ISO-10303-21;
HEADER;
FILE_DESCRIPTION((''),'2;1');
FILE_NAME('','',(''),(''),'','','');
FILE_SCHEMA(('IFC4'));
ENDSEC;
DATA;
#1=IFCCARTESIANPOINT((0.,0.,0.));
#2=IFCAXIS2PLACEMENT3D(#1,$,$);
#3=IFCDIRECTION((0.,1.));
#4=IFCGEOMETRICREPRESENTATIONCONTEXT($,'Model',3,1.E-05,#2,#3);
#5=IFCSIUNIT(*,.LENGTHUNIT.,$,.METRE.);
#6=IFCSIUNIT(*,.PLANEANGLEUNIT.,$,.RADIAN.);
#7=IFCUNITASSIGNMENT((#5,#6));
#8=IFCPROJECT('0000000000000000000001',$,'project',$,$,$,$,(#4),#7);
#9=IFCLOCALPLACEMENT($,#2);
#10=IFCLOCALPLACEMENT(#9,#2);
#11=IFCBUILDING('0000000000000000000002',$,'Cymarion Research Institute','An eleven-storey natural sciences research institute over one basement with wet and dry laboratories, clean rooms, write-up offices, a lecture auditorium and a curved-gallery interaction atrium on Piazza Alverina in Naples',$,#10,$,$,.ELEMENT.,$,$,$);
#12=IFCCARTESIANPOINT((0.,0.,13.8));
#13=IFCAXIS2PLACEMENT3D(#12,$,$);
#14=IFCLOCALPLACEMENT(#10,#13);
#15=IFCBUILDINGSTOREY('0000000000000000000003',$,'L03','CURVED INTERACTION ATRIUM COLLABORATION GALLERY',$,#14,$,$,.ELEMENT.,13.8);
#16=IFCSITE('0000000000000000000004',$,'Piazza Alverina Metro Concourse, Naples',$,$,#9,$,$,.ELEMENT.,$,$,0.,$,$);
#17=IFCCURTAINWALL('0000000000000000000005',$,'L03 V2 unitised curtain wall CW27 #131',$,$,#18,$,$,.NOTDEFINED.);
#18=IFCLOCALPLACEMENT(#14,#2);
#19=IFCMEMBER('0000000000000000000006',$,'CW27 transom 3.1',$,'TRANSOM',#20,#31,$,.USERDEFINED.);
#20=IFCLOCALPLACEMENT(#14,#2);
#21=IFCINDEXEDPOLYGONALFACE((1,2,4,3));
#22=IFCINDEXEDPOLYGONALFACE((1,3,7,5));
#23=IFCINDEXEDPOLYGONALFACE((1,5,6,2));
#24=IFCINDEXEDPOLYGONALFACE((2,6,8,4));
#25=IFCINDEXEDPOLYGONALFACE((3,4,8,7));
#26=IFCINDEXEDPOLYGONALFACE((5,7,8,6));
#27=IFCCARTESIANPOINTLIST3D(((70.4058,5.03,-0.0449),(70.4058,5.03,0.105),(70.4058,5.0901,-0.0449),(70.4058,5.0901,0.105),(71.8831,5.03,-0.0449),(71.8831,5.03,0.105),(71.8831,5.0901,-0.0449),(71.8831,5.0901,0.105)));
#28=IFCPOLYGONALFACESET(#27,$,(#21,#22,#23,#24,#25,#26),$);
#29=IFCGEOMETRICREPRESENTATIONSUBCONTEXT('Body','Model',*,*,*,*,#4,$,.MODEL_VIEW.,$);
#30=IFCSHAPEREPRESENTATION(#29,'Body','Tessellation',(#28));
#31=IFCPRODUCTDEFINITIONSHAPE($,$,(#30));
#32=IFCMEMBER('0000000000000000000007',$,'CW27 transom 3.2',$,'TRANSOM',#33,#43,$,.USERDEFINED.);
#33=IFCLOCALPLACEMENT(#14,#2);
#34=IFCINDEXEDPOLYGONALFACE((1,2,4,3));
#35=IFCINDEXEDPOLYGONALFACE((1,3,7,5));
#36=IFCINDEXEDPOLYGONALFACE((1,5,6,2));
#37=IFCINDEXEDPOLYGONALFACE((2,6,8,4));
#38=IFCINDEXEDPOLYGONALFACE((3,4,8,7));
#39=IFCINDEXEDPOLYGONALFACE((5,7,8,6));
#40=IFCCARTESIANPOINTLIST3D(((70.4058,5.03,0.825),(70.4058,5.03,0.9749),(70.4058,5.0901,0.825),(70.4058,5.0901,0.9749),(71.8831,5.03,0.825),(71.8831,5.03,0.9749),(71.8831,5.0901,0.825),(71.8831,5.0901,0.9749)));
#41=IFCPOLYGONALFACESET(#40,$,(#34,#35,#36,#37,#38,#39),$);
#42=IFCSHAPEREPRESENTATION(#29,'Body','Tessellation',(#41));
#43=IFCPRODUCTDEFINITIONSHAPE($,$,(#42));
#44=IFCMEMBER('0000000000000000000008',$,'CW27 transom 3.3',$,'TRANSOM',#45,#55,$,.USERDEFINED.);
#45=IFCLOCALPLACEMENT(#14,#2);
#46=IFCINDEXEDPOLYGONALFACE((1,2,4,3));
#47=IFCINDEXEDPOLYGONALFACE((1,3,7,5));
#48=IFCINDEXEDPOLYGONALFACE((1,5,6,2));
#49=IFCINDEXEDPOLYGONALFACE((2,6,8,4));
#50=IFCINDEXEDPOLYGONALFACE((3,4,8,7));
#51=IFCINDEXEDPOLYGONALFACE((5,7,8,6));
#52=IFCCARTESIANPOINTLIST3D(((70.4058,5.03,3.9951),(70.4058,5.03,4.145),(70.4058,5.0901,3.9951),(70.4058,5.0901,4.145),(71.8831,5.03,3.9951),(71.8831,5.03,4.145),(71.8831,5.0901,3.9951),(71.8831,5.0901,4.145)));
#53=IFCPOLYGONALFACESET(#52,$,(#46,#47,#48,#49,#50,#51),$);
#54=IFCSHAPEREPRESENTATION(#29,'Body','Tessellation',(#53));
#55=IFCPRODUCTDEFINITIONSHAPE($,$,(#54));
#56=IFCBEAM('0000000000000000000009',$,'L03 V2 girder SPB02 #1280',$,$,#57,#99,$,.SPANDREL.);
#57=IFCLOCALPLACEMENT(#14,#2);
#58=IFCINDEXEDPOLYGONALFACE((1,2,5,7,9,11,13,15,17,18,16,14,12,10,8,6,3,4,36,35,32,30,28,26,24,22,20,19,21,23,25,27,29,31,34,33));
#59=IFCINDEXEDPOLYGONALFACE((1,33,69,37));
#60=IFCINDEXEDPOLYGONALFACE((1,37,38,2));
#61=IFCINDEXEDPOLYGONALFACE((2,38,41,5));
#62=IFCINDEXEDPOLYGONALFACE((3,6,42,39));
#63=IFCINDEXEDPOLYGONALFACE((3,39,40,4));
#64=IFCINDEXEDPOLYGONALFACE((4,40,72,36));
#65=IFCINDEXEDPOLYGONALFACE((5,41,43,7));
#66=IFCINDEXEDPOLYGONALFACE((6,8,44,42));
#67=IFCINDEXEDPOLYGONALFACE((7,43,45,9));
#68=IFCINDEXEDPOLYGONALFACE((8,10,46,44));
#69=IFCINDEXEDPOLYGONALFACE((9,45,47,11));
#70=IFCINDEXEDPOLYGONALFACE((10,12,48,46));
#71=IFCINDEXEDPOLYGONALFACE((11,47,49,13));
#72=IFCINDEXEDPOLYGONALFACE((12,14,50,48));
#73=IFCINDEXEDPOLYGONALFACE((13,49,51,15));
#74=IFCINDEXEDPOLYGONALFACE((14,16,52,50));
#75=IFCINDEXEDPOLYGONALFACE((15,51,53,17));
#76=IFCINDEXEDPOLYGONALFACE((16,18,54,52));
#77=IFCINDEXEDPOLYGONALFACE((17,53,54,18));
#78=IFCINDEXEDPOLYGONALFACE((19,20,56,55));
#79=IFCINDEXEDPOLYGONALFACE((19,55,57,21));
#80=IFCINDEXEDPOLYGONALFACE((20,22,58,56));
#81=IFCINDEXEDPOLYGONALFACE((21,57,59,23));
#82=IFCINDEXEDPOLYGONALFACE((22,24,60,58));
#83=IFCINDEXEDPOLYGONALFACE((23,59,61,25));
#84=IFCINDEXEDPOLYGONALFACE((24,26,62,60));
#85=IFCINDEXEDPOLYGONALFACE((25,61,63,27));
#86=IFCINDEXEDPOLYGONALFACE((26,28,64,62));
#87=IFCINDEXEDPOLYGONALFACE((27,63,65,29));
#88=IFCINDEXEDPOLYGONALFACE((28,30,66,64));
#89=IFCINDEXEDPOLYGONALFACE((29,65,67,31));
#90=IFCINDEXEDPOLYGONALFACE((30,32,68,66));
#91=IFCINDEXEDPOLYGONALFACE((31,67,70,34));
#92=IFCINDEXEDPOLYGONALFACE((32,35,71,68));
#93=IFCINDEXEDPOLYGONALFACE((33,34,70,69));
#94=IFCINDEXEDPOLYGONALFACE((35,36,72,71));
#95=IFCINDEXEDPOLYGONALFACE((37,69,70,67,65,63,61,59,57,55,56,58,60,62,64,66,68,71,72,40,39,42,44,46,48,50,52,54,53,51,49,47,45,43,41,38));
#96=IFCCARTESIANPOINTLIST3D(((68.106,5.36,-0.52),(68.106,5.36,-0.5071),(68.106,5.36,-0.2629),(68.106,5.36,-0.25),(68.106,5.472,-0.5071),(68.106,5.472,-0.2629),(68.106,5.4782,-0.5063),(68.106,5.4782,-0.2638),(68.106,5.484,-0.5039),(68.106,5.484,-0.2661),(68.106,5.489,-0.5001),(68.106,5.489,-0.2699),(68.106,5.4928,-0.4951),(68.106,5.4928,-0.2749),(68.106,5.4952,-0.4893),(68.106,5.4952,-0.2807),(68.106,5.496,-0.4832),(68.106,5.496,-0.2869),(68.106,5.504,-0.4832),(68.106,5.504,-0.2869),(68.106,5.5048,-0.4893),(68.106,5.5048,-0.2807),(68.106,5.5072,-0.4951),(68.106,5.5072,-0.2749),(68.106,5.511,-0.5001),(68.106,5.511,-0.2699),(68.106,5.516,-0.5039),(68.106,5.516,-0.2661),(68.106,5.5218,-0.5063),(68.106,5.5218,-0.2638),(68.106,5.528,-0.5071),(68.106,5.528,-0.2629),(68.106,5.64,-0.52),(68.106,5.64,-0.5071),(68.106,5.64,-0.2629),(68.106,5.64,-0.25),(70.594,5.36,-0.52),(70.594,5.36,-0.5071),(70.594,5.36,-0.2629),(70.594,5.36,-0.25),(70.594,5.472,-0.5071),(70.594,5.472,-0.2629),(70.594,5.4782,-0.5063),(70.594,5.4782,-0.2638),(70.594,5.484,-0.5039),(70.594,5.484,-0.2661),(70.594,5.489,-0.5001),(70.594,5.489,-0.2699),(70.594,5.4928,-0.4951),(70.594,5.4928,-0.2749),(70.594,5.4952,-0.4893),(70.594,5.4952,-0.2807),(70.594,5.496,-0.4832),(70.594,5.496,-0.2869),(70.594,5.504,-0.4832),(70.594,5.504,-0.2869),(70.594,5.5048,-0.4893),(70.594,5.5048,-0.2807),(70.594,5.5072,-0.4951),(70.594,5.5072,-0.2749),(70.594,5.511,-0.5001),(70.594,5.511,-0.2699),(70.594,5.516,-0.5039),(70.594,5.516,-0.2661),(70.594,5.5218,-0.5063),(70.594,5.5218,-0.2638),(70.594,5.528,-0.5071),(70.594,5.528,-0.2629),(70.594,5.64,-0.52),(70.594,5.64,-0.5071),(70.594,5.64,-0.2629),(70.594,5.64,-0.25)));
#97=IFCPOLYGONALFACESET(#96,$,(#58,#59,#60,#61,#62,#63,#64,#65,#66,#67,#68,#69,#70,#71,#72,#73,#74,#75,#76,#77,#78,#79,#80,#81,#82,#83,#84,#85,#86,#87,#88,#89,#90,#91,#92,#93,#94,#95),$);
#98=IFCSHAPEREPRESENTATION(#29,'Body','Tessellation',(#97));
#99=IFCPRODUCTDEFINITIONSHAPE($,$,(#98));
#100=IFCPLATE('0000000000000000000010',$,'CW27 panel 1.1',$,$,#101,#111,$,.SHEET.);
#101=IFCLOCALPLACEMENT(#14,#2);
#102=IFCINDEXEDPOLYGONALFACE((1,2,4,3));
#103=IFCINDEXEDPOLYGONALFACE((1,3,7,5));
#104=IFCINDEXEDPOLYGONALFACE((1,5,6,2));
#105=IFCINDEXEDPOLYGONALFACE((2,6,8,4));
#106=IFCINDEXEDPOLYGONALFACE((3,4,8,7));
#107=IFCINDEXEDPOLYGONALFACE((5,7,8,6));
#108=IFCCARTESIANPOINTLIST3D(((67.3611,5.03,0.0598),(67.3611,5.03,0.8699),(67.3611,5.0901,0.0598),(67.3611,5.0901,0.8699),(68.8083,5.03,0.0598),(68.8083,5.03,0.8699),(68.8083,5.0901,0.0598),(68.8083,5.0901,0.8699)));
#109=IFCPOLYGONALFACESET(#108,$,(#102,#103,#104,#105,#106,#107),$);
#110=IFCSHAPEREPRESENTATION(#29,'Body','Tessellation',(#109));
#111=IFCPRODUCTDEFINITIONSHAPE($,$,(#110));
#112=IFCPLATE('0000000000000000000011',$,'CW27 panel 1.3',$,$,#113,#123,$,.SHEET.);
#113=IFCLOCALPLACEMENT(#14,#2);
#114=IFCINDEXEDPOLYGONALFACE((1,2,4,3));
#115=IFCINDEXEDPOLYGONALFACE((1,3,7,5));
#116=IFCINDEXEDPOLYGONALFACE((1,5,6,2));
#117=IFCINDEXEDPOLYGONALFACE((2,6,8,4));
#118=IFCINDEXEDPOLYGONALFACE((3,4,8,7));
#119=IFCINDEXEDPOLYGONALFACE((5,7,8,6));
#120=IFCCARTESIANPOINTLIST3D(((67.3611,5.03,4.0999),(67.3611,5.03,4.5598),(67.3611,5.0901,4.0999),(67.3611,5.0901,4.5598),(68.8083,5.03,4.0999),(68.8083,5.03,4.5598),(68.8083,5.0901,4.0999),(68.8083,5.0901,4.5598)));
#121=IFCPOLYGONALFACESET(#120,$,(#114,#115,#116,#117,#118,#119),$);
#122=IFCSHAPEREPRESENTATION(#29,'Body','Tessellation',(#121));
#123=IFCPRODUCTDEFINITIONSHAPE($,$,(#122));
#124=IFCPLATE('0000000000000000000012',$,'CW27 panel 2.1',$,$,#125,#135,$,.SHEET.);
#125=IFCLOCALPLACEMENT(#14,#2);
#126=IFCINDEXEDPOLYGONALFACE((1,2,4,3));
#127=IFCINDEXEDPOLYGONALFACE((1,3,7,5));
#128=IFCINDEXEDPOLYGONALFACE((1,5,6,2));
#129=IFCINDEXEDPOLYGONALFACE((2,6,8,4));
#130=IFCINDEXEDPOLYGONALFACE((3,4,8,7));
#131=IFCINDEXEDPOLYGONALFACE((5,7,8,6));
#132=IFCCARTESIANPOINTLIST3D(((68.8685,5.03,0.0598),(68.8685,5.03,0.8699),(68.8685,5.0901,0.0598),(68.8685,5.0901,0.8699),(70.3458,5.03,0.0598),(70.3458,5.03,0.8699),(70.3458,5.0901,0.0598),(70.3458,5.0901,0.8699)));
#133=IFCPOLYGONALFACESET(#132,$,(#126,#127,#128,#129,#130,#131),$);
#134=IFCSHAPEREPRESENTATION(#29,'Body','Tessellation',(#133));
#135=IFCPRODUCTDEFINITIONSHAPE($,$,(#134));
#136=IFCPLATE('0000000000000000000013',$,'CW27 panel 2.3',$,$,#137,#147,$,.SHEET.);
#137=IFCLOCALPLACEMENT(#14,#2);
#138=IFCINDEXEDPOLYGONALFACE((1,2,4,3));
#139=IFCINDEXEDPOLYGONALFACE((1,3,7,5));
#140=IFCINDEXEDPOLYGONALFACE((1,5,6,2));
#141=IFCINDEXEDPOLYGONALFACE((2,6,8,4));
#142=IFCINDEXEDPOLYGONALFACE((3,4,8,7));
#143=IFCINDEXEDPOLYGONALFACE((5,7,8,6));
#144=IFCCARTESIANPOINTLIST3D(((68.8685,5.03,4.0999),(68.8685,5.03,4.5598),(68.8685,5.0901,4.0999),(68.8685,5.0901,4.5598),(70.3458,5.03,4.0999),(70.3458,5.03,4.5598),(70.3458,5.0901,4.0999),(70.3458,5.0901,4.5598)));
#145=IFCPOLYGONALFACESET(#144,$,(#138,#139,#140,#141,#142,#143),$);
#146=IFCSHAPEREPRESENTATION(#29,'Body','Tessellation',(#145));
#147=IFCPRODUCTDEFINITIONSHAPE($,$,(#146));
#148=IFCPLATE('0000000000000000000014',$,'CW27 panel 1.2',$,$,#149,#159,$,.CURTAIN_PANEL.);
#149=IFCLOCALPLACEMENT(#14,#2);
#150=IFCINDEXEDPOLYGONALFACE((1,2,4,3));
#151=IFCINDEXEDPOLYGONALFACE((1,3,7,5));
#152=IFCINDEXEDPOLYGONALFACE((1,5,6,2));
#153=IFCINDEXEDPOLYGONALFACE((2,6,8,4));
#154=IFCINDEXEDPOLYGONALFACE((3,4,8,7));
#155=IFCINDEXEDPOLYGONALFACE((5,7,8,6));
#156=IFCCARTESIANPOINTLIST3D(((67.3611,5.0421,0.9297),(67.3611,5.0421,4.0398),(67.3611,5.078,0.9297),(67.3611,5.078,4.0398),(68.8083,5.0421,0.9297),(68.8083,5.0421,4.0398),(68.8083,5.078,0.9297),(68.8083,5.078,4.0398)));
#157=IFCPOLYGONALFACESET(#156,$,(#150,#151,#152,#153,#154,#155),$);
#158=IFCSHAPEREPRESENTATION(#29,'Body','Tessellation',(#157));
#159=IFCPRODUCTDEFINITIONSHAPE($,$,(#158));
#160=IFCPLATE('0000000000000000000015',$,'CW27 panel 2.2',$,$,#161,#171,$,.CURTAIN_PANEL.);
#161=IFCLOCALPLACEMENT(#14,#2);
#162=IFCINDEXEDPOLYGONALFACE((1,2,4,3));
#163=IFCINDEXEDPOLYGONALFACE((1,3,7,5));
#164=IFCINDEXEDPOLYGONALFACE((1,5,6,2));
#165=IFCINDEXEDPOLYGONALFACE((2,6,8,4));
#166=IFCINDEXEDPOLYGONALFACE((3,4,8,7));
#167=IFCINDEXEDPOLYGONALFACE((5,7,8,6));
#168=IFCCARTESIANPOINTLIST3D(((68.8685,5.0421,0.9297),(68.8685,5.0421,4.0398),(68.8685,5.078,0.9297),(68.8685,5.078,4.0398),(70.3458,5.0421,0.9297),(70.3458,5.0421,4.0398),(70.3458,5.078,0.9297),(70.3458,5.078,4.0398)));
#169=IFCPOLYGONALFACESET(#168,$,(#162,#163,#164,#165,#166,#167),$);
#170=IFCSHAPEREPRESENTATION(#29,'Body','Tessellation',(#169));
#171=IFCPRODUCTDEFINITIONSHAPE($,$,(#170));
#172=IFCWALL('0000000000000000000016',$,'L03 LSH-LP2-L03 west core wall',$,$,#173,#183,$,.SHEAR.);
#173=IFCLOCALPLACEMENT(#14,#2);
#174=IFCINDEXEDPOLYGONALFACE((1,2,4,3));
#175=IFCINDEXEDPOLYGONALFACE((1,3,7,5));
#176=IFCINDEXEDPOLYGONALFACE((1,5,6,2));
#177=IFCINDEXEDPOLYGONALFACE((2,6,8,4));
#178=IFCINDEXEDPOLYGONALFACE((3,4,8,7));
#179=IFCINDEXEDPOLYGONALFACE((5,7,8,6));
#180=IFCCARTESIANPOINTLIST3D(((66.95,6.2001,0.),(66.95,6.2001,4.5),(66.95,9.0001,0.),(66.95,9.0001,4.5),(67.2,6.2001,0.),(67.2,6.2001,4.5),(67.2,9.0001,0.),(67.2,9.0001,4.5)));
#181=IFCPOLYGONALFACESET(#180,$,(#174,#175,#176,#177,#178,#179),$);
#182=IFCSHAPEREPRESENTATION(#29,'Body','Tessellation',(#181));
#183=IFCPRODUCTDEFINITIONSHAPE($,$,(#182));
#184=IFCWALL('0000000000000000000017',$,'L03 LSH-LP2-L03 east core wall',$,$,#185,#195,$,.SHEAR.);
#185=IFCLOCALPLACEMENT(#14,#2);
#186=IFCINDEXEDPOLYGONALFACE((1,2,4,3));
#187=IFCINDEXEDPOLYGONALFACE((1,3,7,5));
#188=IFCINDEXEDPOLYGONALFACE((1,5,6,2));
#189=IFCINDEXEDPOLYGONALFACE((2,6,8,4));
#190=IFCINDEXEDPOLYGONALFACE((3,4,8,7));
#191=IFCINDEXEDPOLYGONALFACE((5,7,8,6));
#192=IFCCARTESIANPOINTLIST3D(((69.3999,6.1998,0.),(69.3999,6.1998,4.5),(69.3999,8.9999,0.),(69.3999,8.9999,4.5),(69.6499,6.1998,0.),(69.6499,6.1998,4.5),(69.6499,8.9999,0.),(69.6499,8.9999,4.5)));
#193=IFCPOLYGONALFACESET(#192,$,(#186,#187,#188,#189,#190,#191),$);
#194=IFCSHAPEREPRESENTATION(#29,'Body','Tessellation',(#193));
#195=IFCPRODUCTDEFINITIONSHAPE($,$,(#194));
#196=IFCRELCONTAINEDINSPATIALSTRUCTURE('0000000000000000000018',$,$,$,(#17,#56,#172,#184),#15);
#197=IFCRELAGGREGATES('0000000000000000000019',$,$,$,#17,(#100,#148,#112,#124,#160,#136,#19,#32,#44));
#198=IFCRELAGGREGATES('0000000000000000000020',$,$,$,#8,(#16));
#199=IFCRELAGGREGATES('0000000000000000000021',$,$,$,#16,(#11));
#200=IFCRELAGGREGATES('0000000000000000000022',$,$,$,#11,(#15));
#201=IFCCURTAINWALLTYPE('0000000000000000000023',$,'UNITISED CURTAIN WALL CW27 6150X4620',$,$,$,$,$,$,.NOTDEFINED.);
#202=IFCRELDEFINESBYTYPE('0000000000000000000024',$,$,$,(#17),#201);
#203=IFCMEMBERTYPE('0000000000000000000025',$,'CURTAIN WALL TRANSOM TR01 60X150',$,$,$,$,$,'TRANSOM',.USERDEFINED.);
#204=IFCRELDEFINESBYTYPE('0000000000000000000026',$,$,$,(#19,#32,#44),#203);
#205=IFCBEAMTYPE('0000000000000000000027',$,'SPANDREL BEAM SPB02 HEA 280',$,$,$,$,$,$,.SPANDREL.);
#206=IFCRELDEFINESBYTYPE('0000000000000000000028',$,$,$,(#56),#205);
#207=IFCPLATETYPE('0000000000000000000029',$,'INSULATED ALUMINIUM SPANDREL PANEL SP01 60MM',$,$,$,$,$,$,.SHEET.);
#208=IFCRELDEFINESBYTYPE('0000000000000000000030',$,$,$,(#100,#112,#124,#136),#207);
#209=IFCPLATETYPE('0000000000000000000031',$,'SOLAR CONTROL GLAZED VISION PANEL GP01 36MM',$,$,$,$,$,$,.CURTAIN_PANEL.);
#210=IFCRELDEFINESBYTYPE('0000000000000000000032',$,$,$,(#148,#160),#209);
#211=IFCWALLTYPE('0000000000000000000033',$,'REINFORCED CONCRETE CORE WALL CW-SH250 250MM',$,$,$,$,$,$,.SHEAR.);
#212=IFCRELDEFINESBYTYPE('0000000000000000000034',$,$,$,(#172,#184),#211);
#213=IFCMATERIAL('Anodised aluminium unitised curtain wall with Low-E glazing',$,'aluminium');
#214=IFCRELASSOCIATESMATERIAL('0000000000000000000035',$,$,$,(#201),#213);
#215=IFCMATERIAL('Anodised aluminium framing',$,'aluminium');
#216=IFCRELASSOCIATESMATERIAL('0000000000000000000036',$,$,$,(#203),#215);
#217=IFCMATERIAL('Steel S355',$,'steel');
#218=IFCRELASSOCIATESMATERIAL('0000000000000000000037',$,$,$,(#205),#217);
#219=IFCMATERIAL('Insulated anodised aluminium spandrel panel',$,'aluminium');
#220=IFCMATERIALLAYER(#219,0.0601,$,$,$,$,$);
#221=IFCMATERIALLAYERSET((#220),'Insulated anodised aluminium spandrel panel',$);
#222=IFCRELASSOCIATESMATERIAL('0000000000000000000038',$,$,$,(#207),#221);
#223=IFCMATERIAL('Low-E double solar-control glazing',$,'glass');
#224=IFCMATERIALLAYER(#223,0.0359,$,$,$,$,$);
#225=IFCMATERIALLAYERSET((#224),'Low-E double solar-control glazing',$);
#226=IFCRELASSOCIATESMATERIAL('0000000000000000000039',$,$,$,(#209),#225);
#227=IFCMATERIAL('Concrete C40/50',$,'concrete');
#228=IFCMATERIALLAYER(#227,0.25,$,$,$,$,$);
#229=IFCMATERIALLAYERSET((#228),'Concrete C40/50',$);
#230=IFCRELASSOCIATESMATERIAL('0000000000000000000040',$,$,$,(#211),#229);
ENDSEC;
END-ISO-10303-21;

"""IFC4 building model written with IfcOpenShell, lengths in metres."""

from ifc_helpers import new_model, si_unit, direction, frame, frame_2d, origin, origin_2d, place, context, subcontext, project, spatial, rectangle, i_section, extrude, material, layer, layer_set, material_profile, profile_set, type_object, element, aggregate, save


model = new_model("IFC4")

# Units and contexts
model_context = context("Model", 3, precision=1e-05, world=origin(), true_north=direction((0.0, 1.0)))
body_context = subcontext(model_context, "Body", "Model", "MODEL_VIEW")
ifc_project = project(units=[si_unit("LENGTHUNIT", "METRE"), si_unit("PLANEANGLEUNIT", "RADIAN")], contexts=[model_context])

# Site, building, storey
site_placement = place(None, origin())
site = spatial("IfcSite", under=ifc_project, at=site_placement, Name="Piazza Alverina Metro Concourse, Naples", CompositionType="ELEMENT", RefElevation=0.0)
building_placement = place(site_placement, origin())
building = spatial("IfcBuilding", under=site, at=building_placement, Name="Cymarion Research Institute", Description="An eleven-storey natural sciences research institute over one basement with wet and dry laboratories, clean rooms, write-up offices, a lecture auditorium and a curved-gallery interaction atrium on Piazza Alverina in Naples", CompositionType="ELEMENT")
storey_placement = place(building_placement, frame((0.0, 0.0, 13.8)))
storey = spatial("IfcBuildingStorey", under=building, at=storey_placement, Name="L03", Description="CURVED INTERACTION ATRIUM COLLABORATION GALLERY", CompositionType="ELEMENT", Elevation=13.8)

# Shared definitions
ifc_material_1 = material(Name="Steel S355", Category="steel")

# Curtain wall, members
ifc_material_2 = material(Name="Anodised aluminium unitised curtain wall with Low-E glazing", Category="aluminium")
curtain_wall_type = type_object("IfcCurtainWallType", Name="UNITISED CURTAIN WALL CW27 6150X4620", PredefinedType="NOTDEFINED", material=ifc_material_2)
curtain_wall_placement = place(storey_placement, origin())
curtain_wall = element("IfcCurtainWall", 1, at=curtain_wall_placement, inside=storey, type_object=curtain_wall_type, Name="L03 V2 unitised curtain wall CW27 #131", PredefinedType="NOTDEFINED")
ifc_material_3 = material(Name="Anodised aluminium framing", Category="aluminium")
ifc_material_profile_1 = material_profile(ifc_material_3, rectangle(XDim=0.0601, YDim=0.1499, at=origin_2d()), Name="ALU TRANSOM 60x150")
ifc_profile_set_1 = profile_set([ifc_material_profile_1], Name="Anodised aluminium framing")
member_type_1 = type_object("IfcMemberType", Name="CURTAIN WALL TRANSOM TR01 60X150", ElementType="TRANSOM", PredefinedType="USERDEFINED", material=ifc_profile_set_1)
member_1_placement = place(storey_placement, frame((70.4058, 5.0601, 0.03), z_axis=(1.0, 0.0, 0.0), x_axis=(0.0, 1.0, 0.0)))
member_1 = element("IfcMember", 2, at=member_1_placement, type_object=member_type_1, Name="CW27 transom 3.1", ObjectType="TRANSOM", PredefinedType="USERDEFINED", context=body_context, shape_type="SweptSolid", body=[
    extrude(rectangle(XDim=0.0601, YDim=0.1499, at=origin_2d()), origin(), (0.0, 0.0, 1.0), 1.4773),
])
member_2_placement = place(storey_placement, frame((70.4058, 5.0601, 0.8999), z_axis=(1.0, 0.0, 0.0), x_axis=(0.0, 1.0, 0.0)))
member_2 = element("IfcMember", 3, at=member_2_placement, type_object=member_type_1, Name="CW27 transom 3.2", ObjectType="TRANSOM", PredefinedType="USERDEFINED", context=body_context, shape_type="SweptSolid", body=[
    extrude(rectangle(XDim=0.0601, YDim=0.1499, at=origin_2d()), origin(), (0.0, 0.0, 1.0), 1.4773),
])
member_3_placement = place(storey_placement, frame((70.4058, 5.0601, 4.0701), z_axis=(1.0, 0.0, 0.0), x_axis=(0.0, 1.0, 0.0)))
member_3 = element("IfcMember", 4, at=member_3_placement, type_object=member_type_1, Name="CW27 transom 3.3", ObjectType="TRANSOM", PredefinedType="USERDEFINED", context=body_context, shape_type="SweptSolid", body=[
    extrude(rectangle(XDim=0.0601, YDim=0.1499, at=origin_2d()), origin(), (0.0, 0.0, 1.0), 1.4773),
])

# Beam
ifc_material_profile_2 = material_profile(ifc_material_1, i_section(OverallWidth=0.28, OverallDepth=0.27, WebThickness=0.0081, FlangeThickness=0.0129, FilletRadius=0.0239, at=origin_2d()), Name="HEA 280")
ifc_profile_set_2 = profile_set([ifc_material_profile_2], Name="Steel S355")
beam_type = type_object("IfcBeamType", Name="SPANDREL BEAM SPB02 HEA 280", PredefinedType="SPANDREL", material=ifc_profile_set_2)
beam_placement = place(storey_placement, frame((68.106, 5.5, -0.385), z_axis=(1.0, 0.0, 0.0), x_axis=(0.0, 1.0, 0.0)))
element("IfcBeam", 5, at=beam_placement, inside=storey, type_object=beam_type, Name="L03 V2 girder SPB02 #1280", PredefinedType="SPANDREL", context=body_context, shape_type="SweptSolid", body=[
    extrude(i_section(OverallWidth=0.28, OverallDepth=0.27, WebThickness=0.0081, FlangeThickness=0.0129, FilletRadius=0.0239, at=origin_2d()), origin(), (0.0, 0.0, 1.0), 2.488),
])

# Plates
ifc_material_4 = material(Name="Insulated anodised aluminium spandrel panel", Category="aluminium")
ifc_layer_1 = layer(ifc_material_4, 0.0601)
ifc_layer_set_1 = layer_set([ifc_layer_1], Name="Insulated anodised aluminium spandrel panel")
plate_type_1 = type_object("IfcPlateType", Name="INSULATED ALUMINIUM SPANDREL PANEL SP01 60MM", PredefinedType="SHEET", material=ifc_layer_set_1)
plate_1_placement = place(storey_placement, frame((68.0847, 5.0601, 0.0598), z_axis=(0.0, 0.0, 1.0), x_axis=(1.0, 0.0, 0.0)))
plate_1 = element("IfcPlate", 6, at=plate_1_placement, type_object=plate_type_1, Name="CW27 panel 1.1", PredefinedType="SHEET", context=body_context, shape_type="SweptSolid", body=[
    extrude(rectangle(XDim=1.4473, YDim=0.0601, at=origin_2d()), origin(), (0.0, 0.0, 1.0), 0.8101),
])
plate_2_placement = place(storey_placement, frame((68.0847, 5.0601, 4.0999), z_axis=(0.0, 0.0, 1.0), x_axis=(1.0, 0.0, 0.0)))
plate_2 = element("IfcPlate", 7, at=plate_2_placement, type_object=plate_type_1, Name="CW27 panel 1.3", PredefinedType="SHEET", context=body_context, shape_type="SweptSolid", body=[
    extrude(rectangle(XDim=1.4473, YDim=0.0601, at=origin_2d()), origin(), (0.0, 0.0, 1.0), 0.46),
])
plate_3_placement = place(storey_placement, frame((69.6072, 5.0601, 0.0598), z_axis=(0.0, 0.0, 1.0), x_axis=(1.0, 0.0, 0.0)))
plate_3 = element("IfcPlate", 8, at=plate_3_placement, type_object=plate_type_1, Name="CW27 panel 2.1", PredefinedType="SHEET", context=body_context, shape_type="SweptSolid", body=[
    extrude(rectangle(XDim=1.4773, YDim=0.0601, at=origin_2d()), origin(), (0.0, 0.0, 1.0), 0.8101),
])
plate_4_placement = place(storey_placement, frame((69.6072, 5.0601, 4.0999), z_axis=(0.0, 0.0, 1.0), x_axis=(1.0, 0.0, 0.0)))
plate_4 = element("IfcPlate", 9, at=plate_4_placement, type_object=plate_type_1, Name="CW27 panel 2.3", PredefinedType="SHEET", context=body_context, shape_type="SweptSolid", body=[
    extrude(rectangle(XDim=1.4773, YDim=0.0601, at=origin_2d()), origin(), (0.0, 0.0, 1.0), 0.46),
])
ifc_material_5 = material(Name="Low-E double solar-control glazing", Category="glass")
ifc_layer_2 = layer(ifc_material_5, 0.0359)
ifc_layer_set_2 = layer_set([ifc_layer_2], Name="Low-E double solar-control glazing")
plate_type_2 = type_object("IfcPlateType", Name="SOLAR CONTROL GLAZED VISION PANEL GP01 36MM", PredefinedType="CURTAIN_PANEL", material=ifc_layer_set_2)
plate_5_placement = place(storey_placement, frame((68.0847, 5.0601, 0.9297), z_axis=(0.0, 0.0, 1.0), x_axis=(1.0, 0.0, 0.0)))
plate_5 = element("IfcPlate", 10, at=plate_5_placement, type_object=plate_type_2, Name="CW27 panel 1.2", PredefinedType="CURTAIN_PANEL", context=body_context, shape_type="SweptSolid", body=[
    extrude(rectangle(XDim=1.4473, YDim=0.0359, at=origin_2d()), origin(), (0.0, 0.0, 1.0), 3.1101),
])
plate_6_placement = place(storey_placement, frame((69.6072, 5.0601, 0.9297), z_axis=(0.0, 0.0, 1.0), x_axis=(1.0, 0.0, 0.0)))
plate_6 = element("IfcPlate", 11, at=plate_6_placement, type_object=plate_type_2, Name="CW27 panel 2.2", PredefinedType="CURTAIN_PANEL", context=body_context, shape_type="SweptSolid", body=[
    extrude(rectangle(XDim=1.4773, YDim=0.0359, at=origin_2d()), origin(), (0.0, 0.0, 1.0), 3.1101),
])
aggregate(curtain_wall, [plate_1, plate_5, plate_2, plate_3, plate_6, plate_4, member_1, member_2, member_3])

# Shared definitions
ifc_material_6 = material(Name="Concrete C40/50", Category="concrete")
ifc_layer_3 = layer(ifc_material_6, 0.25)
ifc_layer_set_3 = layer_set([ifc_layer_3], Name="Concrete C40/50")
wall_type = type_object("IfcWallType", Name="REINFORCED CONCRETE CORE WALL CW-SH250 250MM", PredefinedType="SHEAR", material=ifc_layer_set_3)

# Walls
for number, where, z_axis, x_axis, name in (
    (12, (67.075, 9.0, 0.0), (0.0, 0.0, 1.0), (0.0, -1.0, 0.0), "L03 LSH-LP2-L03 west core wall"),
    (13, (69.5249, 6.2, 0.0), (0.0, 0.0, 1.0), (0.0, 1.0, 0.0), "L03 LSH-LP2-L03 east core wall"),
):
    element("IfcWall", number, at=place(storey_placement, frame(where, z_axis=z_axis, x_axis=x_axis)), inside=storey, type_object=wall_type, Name=name, PredefinedType="SHEAR", context=body_context, shape_type="SweptSolid", body=[
        extrude(rectangle(XDim=2.8, YDim=0.25, at=frame_2d((1.3999, 0.0))), origin(), (0.0, 0.0, 1.0), 4.5),
    ])

save(model, "model.ifc")
